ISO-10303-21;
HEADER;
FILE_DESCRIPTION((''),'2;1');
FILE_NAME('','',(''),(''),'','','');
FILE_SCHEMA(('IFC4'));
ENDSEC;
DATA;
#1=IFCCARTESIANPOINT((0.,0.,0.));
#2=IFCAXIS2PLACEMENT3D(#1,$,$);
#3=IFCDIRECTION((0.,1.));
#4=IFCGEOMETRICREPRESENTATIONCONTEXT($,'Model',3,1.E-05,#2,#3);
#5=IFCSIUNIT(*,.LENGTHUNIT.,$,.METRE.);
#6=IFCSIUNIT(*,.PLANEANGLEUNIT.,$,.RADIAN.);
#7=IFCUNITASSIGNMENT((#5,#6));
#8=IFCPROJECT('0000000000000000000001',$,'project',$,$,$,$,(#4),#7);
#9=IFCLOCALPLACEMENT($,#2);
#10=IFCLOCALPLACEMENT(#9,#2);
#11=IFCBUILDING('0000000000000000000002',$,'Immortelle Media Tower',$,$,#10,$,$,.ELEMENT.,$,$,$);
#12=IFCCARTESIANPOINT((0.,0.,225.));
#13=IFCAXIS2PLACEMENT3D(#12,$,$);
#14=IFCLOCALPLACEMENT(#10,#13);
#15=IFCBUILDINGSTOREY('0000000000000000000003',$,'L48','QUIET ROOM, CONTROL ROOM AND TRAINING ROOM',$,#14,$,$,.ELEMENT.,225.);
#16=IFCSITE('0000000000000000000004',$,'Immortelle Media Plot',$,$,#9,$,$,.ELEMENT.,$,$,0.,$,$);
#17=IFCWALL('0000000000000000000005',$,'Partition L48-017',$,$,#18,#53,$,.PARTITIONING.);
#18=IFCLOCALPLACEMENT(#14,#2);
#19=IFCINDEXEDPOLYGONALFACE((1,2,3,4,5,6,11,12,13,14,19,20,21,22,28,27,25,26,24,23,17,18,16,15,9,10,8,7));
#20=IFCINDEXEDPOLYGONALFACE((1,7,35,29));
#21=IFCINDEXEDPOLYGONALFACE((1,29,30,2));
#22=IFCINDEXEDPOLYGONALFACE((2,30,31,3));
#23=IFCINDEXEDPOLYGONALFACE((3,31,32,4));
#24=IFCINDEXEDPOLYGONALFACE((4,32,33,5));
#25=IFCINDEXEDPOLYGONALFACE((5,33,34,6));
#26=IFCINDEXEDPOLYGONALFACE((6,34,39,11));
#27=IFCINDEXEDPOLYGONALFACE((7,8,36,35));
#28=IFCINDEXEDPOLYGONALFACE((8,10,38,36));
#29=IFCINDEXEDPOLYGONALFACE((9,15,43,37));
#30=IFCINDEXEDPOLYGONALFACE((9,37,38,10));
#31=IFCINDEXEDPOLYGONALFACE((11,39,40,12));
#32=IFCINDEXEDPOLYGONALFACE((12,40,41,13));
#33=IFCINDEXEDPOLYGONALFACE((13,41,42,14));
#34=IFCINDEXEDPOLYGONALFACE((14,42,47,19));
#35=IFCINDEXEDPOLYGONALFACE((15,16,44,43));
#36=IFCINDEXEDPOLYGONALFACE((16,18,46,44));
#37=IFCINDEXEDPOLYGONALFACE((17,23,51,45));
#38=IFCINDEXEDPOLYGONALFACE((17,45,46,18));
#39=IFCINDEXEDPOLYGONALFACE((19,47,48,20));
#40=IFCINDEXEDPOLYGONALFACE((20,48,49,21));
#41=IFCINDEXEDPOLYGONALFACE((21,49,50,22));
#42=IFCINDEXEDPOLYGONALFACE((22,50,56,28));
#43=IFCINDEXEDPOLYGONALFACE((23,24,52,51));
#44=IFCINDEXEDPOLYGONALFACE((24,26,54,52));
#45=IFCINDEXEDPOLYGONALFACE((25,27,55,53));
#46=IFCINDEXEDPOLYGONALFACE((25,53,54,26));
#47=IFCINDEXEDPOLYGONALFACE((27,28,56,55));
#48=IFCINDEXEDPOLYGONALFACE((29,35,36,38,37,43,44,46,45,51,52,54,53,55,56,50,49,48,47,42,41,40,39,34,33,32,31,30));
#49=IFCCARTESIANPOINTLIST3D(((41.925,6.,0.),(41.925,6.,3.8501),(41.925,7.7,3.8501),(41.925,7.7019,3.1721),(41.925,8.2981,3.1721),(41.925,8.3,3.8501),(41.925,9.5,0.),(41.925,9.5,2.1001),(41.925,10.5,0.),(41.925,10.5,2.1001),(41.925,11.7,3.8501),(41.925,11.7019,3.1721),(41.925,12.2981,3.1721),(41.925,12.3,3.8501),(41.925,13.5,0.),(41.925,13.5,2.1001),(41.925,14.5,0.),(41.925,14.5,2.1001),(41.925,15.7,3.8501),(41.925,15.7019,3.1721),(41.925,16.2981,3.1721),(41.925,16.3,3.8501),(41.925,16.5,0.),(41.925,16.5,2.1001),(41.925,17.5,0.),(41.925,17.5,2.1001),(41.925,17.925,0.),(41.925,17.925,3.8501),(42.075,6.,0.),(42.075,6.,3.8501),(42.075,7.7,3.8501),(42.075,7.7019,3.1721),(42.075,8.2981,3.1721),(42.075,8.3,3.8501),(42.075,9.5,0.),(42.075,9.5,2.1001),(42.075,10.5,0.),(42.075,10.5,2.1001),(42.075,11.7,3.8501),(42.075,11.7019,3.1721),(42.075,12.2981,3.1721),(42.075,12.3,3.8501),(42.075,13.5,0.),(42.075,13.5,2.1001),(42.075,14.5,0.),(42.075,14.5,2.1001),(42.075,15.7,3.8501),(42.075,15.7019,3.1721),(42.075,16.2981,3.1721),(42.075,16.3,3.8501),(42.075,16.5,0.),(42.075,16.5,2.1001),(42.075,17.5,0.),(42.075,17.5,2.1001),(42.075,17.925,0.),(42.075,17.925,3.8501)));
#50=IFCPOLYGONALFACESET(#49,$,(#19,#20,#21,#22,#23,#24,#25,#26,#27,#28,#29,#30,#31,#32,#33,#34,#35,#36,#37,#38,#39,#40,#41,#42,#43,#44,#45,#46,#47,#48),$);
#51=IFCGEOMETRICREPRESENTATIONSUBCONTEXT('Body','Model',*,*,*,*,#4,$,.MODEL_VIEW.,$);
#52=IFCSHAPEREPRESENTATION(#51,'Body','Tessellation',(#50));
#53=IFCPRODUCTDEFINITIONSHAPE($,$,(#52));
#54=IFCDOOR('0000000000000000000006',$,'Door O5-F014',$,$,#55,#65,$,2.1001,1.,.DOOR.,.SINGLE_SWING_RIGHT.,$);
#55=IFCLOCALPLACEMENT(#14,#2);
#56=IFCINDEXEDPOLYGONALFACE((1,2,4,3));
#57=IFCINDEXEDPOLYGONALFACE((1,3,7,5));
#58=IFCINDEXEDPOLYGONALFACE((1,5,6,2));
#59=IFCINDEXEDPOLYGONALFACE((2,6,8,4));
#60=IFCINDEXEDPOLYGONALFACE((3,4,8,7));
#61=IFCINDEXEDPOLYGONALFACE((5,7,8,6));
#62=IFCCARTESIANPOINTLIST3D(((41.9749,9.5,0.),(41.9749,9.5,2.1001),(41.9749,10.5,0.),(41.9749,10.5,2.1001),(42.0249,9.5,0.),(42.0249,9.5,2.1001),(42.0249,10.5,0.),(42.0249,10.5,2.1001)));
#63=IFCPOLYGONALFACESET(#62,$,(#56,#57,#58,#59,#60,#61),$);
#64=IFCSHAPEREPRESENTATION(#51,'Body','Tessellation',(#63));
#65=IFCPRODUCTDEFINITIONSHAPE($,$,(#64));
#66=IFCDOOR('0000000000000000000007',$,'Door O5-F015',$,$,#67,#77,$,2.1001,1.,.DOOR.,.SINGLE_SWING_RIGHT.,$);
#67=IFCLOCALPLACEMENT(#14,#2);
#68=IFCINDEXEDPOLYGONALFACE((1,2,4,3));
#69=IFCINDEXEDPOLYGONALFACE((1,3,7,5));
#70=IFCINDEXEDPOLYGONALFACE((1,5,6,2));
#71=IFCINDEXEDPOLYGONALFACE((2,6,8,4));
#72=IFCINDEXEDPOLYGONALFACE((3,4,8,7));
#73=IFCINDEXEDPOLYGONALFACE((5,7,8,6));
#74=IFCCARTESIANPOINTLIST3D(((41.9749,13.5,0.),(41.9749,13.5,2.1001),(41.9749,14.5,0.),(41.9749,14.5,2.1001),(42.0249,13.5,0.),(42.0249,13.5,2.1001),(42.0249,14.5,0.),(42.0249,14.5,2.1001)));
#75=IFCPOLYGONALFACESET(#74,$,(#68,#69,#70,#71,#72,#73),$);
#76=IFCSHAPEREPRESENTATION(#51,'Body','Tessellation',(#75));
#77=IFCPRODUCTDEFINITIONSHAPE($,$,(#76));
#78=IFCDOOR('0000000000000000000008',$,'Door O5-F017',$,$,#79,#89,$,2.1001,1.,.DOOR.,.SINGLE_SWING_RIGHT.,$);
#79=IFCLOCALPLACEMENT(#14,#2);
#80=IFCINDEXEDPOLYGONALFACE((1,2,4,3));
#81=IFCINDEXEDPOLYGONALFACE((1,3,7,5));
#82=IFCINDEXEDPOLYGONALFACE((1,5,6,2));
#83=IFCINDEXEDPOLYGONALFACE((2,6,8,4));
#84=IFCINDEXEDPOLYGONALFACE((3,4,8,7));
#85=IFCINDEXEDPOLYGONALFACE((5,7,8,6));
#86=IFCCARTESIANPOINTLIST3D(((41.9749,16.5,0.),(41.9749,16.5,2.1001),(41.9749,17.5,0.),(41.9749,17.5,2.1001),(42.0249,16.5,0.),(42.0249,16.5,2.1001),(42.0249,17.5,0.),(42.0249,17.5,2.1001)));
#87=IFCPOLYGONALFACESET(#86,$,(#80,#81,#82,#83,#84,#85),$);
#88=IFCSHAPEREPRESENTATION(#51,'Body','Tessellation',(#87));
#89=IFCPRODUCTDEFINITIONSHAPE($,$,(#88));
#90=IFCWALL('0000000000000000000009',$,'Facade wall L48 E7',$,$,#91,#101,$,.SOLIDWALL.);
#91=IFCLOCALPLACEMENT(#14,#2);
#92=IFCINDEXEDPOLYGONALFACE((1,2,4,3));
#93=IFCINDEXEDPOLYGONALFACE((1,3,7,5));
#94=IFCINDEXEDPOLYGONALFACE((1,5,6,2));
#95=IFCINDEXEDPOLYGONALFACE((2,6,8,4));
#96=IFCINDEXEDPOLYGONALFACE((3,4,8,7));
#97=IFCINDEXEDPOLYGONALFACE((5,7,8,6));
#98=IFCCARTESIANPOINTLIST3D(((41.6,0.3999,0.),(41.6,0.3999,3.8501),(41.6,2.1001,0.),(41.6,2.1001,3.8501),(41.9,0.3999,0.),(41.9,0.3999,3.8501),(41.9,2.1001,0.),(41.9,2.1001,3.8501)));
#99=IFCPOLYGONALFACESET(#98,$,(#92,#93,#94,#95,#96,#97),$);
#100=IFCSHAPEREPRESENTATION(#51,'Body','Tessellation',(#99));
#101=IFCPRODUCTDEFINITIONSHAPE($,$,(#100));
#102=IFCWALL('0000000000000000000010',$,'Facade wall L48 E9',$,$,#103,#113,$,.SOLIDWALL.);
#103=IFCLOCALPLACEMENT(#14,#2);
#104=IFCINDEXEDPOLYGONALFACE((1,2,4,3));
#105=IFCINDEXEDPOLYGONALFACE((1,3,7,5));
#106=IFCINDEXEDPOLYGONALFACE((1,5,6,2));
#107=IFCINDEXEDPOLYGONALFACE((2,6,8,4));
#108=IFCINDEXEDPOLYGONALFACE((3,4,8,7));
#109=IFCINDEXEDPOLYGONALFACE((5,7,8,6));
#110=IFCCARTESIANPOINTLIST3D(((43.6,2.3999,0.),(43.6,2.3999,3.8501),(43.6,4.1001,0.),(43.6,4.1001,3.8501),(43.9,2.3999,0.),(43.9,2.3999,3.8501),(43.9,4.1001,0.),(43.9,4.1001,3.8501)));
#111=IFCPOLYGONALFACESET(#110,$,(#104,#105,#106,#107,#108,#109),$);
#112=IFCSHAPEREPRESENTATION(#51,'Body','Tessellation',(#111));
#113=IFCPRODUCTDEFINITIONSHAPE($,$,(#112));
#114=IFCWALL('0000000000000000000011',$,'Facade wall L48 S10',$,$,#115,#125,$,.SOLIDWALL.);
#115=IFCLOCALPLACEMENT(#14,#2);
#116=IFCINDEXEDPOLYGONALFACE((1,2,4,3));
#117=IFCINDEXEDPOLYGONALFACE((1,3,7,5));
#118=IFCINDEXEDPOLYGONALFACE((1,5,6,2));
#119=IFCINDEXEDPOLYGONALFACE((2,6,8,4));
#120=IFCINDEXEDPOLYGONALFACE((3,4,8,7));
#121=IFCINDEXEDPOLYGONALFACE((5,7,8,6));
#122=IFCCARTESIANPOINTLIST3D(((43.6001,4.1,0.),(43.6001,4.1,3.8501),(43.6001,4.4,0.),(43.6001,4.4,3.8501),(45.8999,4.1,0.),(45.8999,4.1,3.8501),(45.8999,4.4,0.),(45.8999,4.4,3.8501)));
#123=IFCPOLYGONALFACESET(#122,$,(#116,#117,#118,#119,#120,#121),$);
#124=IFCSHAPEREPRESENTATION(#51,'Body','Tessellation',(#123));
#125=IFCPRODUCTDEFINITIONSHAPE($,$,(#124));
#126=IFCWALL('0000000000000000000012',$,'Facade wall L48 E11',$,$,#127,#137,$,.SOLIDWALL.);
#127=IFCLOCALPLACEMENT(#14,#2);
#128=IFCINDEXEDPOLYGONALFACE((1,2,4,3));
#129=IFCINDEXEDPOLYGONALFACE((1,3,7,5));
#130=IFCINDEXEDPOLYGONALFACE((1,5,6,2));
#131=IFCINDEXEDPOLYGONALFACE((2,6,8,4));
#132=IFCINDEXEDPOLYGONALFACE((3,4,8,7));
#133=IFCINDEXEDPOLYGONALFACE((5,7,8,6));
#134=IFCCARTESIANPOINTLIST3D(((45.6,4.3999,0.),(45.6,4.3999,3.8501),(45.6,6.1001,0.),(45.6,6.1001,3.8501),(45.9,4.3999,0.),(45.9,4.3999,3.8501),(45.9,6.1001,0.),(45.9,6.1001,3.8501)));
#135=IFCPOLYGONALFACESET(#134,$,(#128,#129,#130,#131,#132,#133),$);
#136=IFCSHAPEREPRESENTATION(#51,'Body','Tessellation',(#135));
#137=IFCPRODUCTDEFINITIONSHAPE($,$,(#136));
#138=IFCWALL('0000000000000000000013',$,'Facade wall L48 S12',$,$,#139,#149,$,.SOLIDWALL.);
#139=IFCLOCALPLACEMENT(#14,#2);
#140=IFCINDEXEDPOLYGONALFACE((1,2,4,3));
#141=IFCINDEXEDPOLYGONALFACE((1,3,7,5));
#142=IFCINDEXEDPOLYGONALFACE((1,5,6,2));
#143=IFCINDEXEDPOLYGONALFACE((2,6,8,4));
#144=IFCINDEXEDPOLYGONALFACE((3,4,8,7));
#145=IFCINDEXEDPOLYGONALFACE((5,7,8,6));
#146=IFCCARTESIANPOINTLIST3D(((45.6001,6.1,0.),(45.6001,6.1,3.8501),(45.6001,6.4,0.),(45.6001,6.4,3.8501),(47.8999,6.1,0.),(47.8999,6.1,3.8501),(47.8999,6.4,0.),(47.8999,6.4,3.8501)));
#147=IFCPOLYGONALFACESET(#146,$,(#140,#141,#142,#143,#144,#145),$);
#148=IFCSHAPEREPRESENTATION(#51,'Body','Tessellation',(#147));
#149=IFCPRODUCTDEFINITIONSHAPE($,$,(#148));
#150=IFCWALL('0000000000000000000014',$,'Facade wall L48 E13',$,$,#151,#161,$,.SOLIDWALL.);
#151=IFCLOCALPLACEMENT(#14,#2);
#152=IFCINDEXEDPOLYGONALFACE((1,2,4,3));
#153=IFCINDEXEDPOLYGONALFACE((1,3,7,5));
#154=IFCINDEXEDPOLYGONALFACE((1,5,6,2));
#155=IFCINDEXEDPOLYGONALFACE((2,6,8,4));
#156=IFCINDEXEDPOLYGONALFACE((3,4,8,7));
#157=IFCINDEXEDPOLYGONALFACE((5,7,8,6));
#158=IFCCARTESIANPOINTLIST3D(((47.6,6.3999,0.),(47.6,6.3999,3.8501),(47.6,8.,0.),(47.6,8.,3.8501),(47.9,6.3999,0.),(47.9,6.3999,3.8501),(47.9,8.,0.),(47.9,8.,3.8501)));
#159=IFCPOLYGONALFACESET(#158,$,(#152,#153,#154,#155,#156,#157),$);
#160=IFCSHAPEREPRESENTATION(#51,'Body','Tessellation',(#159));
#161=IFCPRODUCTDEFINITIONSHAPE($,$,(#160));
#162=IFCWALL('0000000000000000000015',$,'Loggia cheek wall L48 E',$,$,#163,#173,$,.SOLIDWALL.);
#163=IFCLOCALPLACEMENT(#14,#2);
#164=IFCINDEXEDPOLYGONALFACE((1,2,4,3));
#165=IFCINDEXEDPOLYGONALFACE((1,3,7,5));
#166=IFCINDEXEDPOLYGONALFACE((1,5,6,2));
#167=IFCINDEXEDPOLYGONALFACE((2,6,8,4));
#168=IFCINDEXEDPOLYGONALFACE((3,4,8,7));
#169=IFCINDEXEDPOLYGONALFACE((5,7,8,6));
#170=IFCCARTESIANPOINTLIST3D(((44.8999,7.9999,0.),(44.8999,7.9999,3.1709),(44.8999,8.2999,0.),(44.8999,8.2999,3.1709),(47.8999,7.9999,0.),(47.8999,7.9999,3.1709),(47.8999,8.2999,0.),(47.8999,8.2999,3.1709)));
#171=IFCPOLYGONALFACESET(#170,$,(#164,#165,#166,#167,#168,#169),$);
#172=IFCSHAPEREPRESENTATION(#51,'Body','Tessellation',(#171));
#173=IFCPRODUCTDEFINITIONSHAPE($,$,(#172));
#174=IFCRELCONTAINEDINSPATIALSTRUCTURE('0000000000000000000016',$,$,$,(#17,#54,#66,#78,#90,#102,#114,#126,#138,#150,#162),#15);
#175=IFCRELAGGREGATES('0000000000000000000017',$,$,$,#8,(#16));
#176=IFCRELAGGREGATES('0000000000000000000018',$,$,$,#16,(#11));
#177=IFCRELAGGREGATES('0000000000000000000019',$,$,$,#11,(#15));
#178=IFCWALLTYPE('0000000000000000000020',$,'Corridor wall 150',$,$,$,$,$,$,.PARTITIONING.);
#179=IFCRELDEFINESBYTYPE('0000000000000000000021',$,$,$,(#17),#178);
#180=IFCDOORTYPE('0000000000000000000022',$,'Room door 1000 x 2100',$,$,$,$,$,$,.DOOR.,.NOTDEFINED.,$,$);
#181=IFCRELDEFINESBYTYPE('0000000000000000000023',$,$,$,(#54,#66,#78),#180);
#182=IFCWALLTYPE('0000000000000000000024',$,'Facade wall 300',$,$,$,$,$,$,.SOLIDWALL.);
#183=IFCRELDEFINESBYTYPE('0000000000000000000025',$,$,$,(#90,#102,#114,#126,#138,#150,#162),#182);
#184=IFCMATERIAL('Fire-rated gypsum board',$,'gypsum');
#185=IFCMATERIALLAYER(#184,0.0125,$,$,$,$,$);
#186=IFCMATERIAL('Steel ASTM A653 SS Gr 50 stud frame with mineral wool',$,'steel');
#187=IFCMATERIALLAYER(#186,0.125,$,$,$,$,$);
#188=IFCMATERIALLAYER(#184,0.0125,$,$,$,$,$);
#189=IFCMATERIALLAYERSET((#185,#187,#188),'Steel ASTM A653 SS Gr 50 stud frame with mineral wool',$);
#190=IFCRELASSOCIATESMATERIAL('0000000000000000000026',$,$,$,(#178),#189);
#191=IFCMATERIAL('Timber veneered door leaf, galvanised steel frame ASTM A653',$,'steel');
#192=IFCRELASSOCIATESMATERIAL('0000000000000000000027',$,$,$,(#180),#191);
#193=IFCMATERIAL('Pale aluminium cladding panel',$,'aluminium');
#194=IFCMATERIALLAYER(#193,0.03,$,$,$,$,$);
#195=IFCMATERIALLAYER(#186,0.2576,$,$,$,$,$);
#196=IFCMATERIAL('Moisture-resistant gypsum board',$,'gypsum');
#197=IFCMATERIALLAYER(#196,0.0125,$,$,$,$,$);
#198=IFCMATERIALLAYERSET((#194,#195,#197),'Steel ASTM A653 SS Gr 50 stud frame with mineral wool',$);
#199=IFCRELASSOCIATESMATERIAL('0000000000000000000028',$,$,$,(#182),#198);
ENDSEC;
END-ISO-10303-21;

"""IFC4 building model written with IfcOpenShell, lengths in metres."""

from ifc_helpers import new_model, si_unit, direction, frame, frame_2d, origin, place, context, subcontext, project, spatial, polyline, rectangle, outline, extrude, material, layer, layer_set, type_object, element, fill, save


model = new_model("IFC4")

# Units and contexts
model_context = context("Model", 3, precision=1e-05, world=origin(), true_north=direction((0.0, 1.0)))
body_context = subcontext(model_context, "Body", "Model", "MODEL_VIEW")
ifc_project = project(units=[si_unit("LENGTHUNIT", "METRE"), si_unit("PLANEANGLEUNIT", "RADIAN")], contexts=[model_context])

# Site, building, storey
site_placement = place(None, origin())
site = spatial("IfcSite", under=ifc_project, at=site_placement, Name="Immortelle Media Plot", CompositionType="ELEMENT", RefElevation=0.0)
building_placement = place(site_placement, origin())
building = spatial("IfcBuilding", under=site, at=building_placement, Name="Immortelle Media Tower", CompositionType="ELEMENT")
storey_placement = place(building_placement, frame((0.0, 0.0, 225.0)))
storey = spatial("IfcBuildingStorey", under=building, at=storey_placement, Name="L48", Description="QUIET ROOM, CONTROL ROOM AND TRAINING ROOM", CompositionType="ELEMENT", Elevation=225.0)

# Wall, openings, doors
ifc_material_1 = material(Name="Fire-rated gypsum board", Category="gypsum")
ifc_layer_1 = layer(ifc_material_1, 0.0125)
ifc_material_2 = material(Name="Steel ASTM A653 SS Gr 50 stud frame with mineral wool", Category="steel")
ifc_layer_2 = layer(ifc_material_2, 0.125)
ifc_layer_3 = layer(ifc_material_1, 0.0125)
ifc_layer_set_1 = layer_set([ifc_layer_1, ifc_layer_2, ifc_layer_3], Name="Steel ASTM A653 SS Gr 50 stud frame with mineral wool")
wall_type_1 = type_object("IfcWallType", Name="Corridor wall 150", PredefinedType="PARTITIONING", material=ifc_layer_set_1)
wall_1_placement = place(storey_placement, frame((42.0, 6.0, 0.0), z_axis=(0.0, 0.0, 1.0), x_axis=(0.0, 1.0, 0.0)))
wall_1 = element("IfcWall", 1, at=wall_1_placement, inside=storey, type_object=wall_type_1, Name="Partition L48-017", PredefinedType="PARTITIONING", context=body_context, shape_type="SweptSolid", body=[
    extrude(outline(polyline([(0.0, 0.0), (11.925, 0.0), (11.925, 3.8501), (10.3, 3.8501), (10.2981, 3.1721), (9.7019, 3.1721), (9.7, 3.8501), (6.3, 3.8501), (6.2981, 3.1721), (5.7019, 3.1721), (5.7, 3.8501), (2.3, 3.8501), (2.2981, 3.1721), (1.7019, 3.1721), (1.7, 3.8501), (0.0, 3.8501), (0.0, 0.0)])), frame((0.0, 0.075, 0.0), z_axis=(0.0, -1.0, 0.0), x_axis=(1.0, 0.0, 0.0)), (0.0, 0.0, 1.0), 0.1499),
])
opening_1_placement = place(wall_1_placement, frame((4.5, 0.0, 0.0), z_axis=(0.0, 0.0, 1.0), x_axis=(-1.0, 0.0, 0.0)))
opening_1 = element("IfcOpeningElement", 2, at=opening_1_placement, cuts=wall_1, PredefinedType="OPENING", context=body_context, shape_type="SweptSolid", body=[
    extrude(rectangle(XDim=1.0, YDim=2.1001, at=frame_2d((0.5, 1.05))), frame((0.0, 0.085, 0.0), z_axis=(0.0, -1.0, 0.0), x_axis=(1.0, 0.0, 0.0)), (0.0, 0.0, 1.0), 0.1699),
])
opening_2_placement = place(wall_1_placement, frame((8.5, 0.0, 0.0), z_axis=(0.0, 0.0, 1.0), x_axis=(-1.0, 0.0, 0.0)))
opening_2 = element("IfcOpeningElement", 3, at=opening_2_placement, cuts=wall_1, PredefinedType="OPENING", context=body_context, shape_type="SweptSolid", body=[
    extrude(rectangle(XDim=1.0, YDim=2.1001, at=frame_2d((0.5, 1.05))), frame((0.0, 0.085, 0.0), z_axis=(0.0, -1.0, 0.0), x_axis=(1.0, 0.0, 0.0)), (0.0, 0.0, 1.0), 0.1699),
])
opening_3_placement = place(wall_1_placement, frame((11.5, 0.0, 0.0), z_axis=(0.0, 0.0, 1.0), x_axis=(-1.0, 0.0, 0.0)))
opening_3 = element("IfcOpeningElement", 4, at=opening_3_placement, cuts=wall_1, PredefinedType="OPENING", context=body_context, shape_type="SweptSolid", body=[
    extrude(rectangle(XDim=1.0, YDim=2.1001, at=frame_2d((0.5, 1.05))), frame((0.0, 0.085, 0.0), z_axis=(0.0, -1.0, 0.0), x_axis=(1.0, 0.0, 0.0)), (0.0, 0.0, 1.0), 0.1699),
])
ifc_material_3 = material(Name="Timber veneered door leaf, galvanised steel frame ASTM A653", Category="steel")
door_type_1 = type_object("IfcDoorType", Name="Room door 1000 x 2100", OperationType="NOTDEFINED", PredefinedType="DOOR", material=ifc_material_3)
door_1_placement = place(opening_1_placement, origin())
door_1 = element("IfcDoor", 5, at=door_1_placement, inside=storey, type_object=door_type_1, Name="Door O5-F014", OperationType="SINGLE_SWING_RIGHT", OverallHeight=2.1001, OverallWidth=1.0, PredefinedType="DOOR", context=body_context, shape_type="SweptSolid", body=[
    extrude(rectangle(XDim=1.0, YDim=2.1001, at=frame_2d((0.5, 1.05))), frame((0.0, 0.0249, 0.0), z_axis=(0.0, -1.0, 0.0), x_axis=(1.0, 0.0, 0.0)), (0.0, 0.0, 1.0), 0.05),
])
fill(opening_1, door_1)
door_2_placement = place(opening_2_placement, origin())
door_2 = element("IfcDoor", 6, at=door_2_placement, inside=storey, type_object=door_type_1, Name="Door O5-F015", OperationType="SINGLE_SWING_RIGHT", OverallHeight=2.1001, OverallWidth=1.0, PredefinedType="DOOR", context=body_context, shape_type="SweptSolid", body=[
    extrude(rectangle(XDim=1.0, YDim=2.1001, at=frame_2d((0.5, 1.05))), frame((0.0, 0.0249, 0.0), z_axis=(0.0, -1.0, 0.0), x_axis=(1.0, 0.0, 0.0)), (0.0, 0.0, 1.0), 0.05),
])
fill(opening_2, door_2)
door_3_placement = place(opening_3_placement, origin())
door_3 = element("IfcDoor", 7, at=door_3_placement, inside=storey, type_object=door_type_1, Name="Door O5-F017", OperationType="SINGLE_SWING_RIGHT", OverallHeight=2.1001, OverallWidth=1.0, PredefinedType="DOOR", context=body_context, shape_type="SweptSolid", body=[
    extrude(rectangle(XDim=1.0, YDim=2.1001, at=frame_2d((0.5, 1.05))), frame((0.0, 0.0249, 0.0), z_axis=(0.0, -1.0, 0.0), x_axis=(1.0, 0.0, 0.0)), (0.0, 0.0, 1.0), 0.05),
])
fill(opening_3, door_3)

# Walls
ifc_material_4 = material(Name="Pale aluminium cladding panel", Category="aluminium")
ifc_layer_4 = layer(ifc_material_4, 0.03)
ifc_layer_5 = layer(ifc_material_2, 0.2576)
ifc_material_5 = material(Name="Moisture-resistant gypsum board", Category="gypsum")
ifc_layer_6 = layer(ifc_material_5, 0.0125)
ifc_layer_set_2 = layer_set([ifc_layer_4, ifc_layer_5, ifc_layer_6], Name="Steel ASTM A653 SS Gr 50 stud frame with mineral wool")
wall_type_2 = type_object("IfcWallType", Name="Facade wall 300", PredefinedType="SOLIDWALL", material=ifc_layer_set_2)
for number, where, z_axis, x_axis, name in (
    (8, (41.75, 0.3999, 0.0), (0.0, 0.0, 1.0), (0.0, 1.0, 0.0), "Facade wall L48 E7"),
    (9, (43.75, 2.3999, 0.0), (0.0, 0.0, 1.0), (0.0, 1.0, 0.0), "Facade wall L48 E9"),
):
    element("IfcWall", number, at=place(storey_placement, frame(where, z_axis=z_axis, x_axis=x_axis)), inside=storey, type_object=wall_type_2, Name=name, PredefinedType="SOLIDWALL", context=body_context, shape_type="SweptSolid", body=[
        extrude(rectangle(XDim=1.7002, YDim=0.3, at=frame_2d((0.8501, 0.0))), origin(), (0.0, 0.0, 1.0), 3.8501),
    ])
wall_2_placement = place(storey_placement, frame((43.6001, 4.25, 0.0), z_axis=(0.0, 0.0, 1.0), x_axis=(1.0, 0.0, 0.0)))
element("IfcWall", 10, at=wall_2_placement, inside=storey, type_object=wall_type_2, Name="Facade wall L48 S10", PredefinedType="SOLIDWALL", context=body_context, shape_type="SweptSolid", body=[
    extrude(rectangle(XDim=2.2998, YDim=0.3, at=frame_2d((1.1499, 0.0))), origin(), (0.0, 0.0, 1.0), 3.8501),
])
wall_3_placement = place(storey_placement, frame((45.75, 4.3999, 0.0), z_axis=(0.0, 0.0, 1.0), x_axis=(0.0, 1.0, 0.0)))
element("IfcWall", 11, at=wall_3_placement, inside=storey, type_object=wall_type_2, Name="Facade wall L48 E11", PredefinedType="SOLIDWALL", context=body_context, shape_type="SweptSolid", body=[
    extrude(rectangle(XDim=1.7002, YDim=0.3, at=frame_2d((0.8501, 0.0))), origin(), (0.0, 0.0, 1.0), 3.8501),
])
wall_4_placement = place(storey_placement, frame((45.6001, 6.25, 0.0), z_axis=(0.0, 0.0, 1.0), x_axis=(1.0, 0.0, 0.0)))
element("IfcWall", 12, at=wall_4_placement, inside=storey, type_object=wall_type_2, Name="Facade wall L48 S12", PredefinedType="SOLIDWALL", context=body_context, shape_type="SweptSolid", body=[
    extrude(rectangle(XDim=2.2998, YDim=0.3, at=frame_2d((1.1499, 0.0))), origin(), (0.0, 0.0, 1.0), 3.8501),
])
wall_5_placement = place(storey_placement, frame((47.75, 6.3999, 0.0), z_axis=(0.0, 0.0, 1.0), x_axis=(0.0, 1.0, 0.0)))
element("IfcWall", 13, at=wall_5_placement, inside=storey, type_object=wall_type_2, Name="Facade wall L48 E13", PredefinedType="SOLIDWALL", context=body_context, shape_type="SweptSolid", body=[
    extrude(rectangle(XDim=1.6001, YDim=0.3, at=frame_2d((0.8, 0.0))), origin(), (0.0, 0.0, 1.0), 3.8501),
])

# Wall
wall_6_placement = place(storey_placement, frame((47.8999, 8.1499, 0.0), z_axis=(0.0, 0.0, 1.0), x_axis=(-1.0, 0.0, 0.0)))
element("IfcWall", 14, at=wall_6_placement, inside=storey, type_object=wall_type_2, Name="Loggia cheek wall L48 E", PredefinedType="SOLIDWALL", context=body_context, shape_type="SweptSolid", body=[
    extrude(rectangle(XDim=3.0, YDim=0.3, at=frame_2d((1.5, 0.0))), origin(), (0.0, 0.0, 1.0), 3.1709),
])

save(model, "model.ifc")
